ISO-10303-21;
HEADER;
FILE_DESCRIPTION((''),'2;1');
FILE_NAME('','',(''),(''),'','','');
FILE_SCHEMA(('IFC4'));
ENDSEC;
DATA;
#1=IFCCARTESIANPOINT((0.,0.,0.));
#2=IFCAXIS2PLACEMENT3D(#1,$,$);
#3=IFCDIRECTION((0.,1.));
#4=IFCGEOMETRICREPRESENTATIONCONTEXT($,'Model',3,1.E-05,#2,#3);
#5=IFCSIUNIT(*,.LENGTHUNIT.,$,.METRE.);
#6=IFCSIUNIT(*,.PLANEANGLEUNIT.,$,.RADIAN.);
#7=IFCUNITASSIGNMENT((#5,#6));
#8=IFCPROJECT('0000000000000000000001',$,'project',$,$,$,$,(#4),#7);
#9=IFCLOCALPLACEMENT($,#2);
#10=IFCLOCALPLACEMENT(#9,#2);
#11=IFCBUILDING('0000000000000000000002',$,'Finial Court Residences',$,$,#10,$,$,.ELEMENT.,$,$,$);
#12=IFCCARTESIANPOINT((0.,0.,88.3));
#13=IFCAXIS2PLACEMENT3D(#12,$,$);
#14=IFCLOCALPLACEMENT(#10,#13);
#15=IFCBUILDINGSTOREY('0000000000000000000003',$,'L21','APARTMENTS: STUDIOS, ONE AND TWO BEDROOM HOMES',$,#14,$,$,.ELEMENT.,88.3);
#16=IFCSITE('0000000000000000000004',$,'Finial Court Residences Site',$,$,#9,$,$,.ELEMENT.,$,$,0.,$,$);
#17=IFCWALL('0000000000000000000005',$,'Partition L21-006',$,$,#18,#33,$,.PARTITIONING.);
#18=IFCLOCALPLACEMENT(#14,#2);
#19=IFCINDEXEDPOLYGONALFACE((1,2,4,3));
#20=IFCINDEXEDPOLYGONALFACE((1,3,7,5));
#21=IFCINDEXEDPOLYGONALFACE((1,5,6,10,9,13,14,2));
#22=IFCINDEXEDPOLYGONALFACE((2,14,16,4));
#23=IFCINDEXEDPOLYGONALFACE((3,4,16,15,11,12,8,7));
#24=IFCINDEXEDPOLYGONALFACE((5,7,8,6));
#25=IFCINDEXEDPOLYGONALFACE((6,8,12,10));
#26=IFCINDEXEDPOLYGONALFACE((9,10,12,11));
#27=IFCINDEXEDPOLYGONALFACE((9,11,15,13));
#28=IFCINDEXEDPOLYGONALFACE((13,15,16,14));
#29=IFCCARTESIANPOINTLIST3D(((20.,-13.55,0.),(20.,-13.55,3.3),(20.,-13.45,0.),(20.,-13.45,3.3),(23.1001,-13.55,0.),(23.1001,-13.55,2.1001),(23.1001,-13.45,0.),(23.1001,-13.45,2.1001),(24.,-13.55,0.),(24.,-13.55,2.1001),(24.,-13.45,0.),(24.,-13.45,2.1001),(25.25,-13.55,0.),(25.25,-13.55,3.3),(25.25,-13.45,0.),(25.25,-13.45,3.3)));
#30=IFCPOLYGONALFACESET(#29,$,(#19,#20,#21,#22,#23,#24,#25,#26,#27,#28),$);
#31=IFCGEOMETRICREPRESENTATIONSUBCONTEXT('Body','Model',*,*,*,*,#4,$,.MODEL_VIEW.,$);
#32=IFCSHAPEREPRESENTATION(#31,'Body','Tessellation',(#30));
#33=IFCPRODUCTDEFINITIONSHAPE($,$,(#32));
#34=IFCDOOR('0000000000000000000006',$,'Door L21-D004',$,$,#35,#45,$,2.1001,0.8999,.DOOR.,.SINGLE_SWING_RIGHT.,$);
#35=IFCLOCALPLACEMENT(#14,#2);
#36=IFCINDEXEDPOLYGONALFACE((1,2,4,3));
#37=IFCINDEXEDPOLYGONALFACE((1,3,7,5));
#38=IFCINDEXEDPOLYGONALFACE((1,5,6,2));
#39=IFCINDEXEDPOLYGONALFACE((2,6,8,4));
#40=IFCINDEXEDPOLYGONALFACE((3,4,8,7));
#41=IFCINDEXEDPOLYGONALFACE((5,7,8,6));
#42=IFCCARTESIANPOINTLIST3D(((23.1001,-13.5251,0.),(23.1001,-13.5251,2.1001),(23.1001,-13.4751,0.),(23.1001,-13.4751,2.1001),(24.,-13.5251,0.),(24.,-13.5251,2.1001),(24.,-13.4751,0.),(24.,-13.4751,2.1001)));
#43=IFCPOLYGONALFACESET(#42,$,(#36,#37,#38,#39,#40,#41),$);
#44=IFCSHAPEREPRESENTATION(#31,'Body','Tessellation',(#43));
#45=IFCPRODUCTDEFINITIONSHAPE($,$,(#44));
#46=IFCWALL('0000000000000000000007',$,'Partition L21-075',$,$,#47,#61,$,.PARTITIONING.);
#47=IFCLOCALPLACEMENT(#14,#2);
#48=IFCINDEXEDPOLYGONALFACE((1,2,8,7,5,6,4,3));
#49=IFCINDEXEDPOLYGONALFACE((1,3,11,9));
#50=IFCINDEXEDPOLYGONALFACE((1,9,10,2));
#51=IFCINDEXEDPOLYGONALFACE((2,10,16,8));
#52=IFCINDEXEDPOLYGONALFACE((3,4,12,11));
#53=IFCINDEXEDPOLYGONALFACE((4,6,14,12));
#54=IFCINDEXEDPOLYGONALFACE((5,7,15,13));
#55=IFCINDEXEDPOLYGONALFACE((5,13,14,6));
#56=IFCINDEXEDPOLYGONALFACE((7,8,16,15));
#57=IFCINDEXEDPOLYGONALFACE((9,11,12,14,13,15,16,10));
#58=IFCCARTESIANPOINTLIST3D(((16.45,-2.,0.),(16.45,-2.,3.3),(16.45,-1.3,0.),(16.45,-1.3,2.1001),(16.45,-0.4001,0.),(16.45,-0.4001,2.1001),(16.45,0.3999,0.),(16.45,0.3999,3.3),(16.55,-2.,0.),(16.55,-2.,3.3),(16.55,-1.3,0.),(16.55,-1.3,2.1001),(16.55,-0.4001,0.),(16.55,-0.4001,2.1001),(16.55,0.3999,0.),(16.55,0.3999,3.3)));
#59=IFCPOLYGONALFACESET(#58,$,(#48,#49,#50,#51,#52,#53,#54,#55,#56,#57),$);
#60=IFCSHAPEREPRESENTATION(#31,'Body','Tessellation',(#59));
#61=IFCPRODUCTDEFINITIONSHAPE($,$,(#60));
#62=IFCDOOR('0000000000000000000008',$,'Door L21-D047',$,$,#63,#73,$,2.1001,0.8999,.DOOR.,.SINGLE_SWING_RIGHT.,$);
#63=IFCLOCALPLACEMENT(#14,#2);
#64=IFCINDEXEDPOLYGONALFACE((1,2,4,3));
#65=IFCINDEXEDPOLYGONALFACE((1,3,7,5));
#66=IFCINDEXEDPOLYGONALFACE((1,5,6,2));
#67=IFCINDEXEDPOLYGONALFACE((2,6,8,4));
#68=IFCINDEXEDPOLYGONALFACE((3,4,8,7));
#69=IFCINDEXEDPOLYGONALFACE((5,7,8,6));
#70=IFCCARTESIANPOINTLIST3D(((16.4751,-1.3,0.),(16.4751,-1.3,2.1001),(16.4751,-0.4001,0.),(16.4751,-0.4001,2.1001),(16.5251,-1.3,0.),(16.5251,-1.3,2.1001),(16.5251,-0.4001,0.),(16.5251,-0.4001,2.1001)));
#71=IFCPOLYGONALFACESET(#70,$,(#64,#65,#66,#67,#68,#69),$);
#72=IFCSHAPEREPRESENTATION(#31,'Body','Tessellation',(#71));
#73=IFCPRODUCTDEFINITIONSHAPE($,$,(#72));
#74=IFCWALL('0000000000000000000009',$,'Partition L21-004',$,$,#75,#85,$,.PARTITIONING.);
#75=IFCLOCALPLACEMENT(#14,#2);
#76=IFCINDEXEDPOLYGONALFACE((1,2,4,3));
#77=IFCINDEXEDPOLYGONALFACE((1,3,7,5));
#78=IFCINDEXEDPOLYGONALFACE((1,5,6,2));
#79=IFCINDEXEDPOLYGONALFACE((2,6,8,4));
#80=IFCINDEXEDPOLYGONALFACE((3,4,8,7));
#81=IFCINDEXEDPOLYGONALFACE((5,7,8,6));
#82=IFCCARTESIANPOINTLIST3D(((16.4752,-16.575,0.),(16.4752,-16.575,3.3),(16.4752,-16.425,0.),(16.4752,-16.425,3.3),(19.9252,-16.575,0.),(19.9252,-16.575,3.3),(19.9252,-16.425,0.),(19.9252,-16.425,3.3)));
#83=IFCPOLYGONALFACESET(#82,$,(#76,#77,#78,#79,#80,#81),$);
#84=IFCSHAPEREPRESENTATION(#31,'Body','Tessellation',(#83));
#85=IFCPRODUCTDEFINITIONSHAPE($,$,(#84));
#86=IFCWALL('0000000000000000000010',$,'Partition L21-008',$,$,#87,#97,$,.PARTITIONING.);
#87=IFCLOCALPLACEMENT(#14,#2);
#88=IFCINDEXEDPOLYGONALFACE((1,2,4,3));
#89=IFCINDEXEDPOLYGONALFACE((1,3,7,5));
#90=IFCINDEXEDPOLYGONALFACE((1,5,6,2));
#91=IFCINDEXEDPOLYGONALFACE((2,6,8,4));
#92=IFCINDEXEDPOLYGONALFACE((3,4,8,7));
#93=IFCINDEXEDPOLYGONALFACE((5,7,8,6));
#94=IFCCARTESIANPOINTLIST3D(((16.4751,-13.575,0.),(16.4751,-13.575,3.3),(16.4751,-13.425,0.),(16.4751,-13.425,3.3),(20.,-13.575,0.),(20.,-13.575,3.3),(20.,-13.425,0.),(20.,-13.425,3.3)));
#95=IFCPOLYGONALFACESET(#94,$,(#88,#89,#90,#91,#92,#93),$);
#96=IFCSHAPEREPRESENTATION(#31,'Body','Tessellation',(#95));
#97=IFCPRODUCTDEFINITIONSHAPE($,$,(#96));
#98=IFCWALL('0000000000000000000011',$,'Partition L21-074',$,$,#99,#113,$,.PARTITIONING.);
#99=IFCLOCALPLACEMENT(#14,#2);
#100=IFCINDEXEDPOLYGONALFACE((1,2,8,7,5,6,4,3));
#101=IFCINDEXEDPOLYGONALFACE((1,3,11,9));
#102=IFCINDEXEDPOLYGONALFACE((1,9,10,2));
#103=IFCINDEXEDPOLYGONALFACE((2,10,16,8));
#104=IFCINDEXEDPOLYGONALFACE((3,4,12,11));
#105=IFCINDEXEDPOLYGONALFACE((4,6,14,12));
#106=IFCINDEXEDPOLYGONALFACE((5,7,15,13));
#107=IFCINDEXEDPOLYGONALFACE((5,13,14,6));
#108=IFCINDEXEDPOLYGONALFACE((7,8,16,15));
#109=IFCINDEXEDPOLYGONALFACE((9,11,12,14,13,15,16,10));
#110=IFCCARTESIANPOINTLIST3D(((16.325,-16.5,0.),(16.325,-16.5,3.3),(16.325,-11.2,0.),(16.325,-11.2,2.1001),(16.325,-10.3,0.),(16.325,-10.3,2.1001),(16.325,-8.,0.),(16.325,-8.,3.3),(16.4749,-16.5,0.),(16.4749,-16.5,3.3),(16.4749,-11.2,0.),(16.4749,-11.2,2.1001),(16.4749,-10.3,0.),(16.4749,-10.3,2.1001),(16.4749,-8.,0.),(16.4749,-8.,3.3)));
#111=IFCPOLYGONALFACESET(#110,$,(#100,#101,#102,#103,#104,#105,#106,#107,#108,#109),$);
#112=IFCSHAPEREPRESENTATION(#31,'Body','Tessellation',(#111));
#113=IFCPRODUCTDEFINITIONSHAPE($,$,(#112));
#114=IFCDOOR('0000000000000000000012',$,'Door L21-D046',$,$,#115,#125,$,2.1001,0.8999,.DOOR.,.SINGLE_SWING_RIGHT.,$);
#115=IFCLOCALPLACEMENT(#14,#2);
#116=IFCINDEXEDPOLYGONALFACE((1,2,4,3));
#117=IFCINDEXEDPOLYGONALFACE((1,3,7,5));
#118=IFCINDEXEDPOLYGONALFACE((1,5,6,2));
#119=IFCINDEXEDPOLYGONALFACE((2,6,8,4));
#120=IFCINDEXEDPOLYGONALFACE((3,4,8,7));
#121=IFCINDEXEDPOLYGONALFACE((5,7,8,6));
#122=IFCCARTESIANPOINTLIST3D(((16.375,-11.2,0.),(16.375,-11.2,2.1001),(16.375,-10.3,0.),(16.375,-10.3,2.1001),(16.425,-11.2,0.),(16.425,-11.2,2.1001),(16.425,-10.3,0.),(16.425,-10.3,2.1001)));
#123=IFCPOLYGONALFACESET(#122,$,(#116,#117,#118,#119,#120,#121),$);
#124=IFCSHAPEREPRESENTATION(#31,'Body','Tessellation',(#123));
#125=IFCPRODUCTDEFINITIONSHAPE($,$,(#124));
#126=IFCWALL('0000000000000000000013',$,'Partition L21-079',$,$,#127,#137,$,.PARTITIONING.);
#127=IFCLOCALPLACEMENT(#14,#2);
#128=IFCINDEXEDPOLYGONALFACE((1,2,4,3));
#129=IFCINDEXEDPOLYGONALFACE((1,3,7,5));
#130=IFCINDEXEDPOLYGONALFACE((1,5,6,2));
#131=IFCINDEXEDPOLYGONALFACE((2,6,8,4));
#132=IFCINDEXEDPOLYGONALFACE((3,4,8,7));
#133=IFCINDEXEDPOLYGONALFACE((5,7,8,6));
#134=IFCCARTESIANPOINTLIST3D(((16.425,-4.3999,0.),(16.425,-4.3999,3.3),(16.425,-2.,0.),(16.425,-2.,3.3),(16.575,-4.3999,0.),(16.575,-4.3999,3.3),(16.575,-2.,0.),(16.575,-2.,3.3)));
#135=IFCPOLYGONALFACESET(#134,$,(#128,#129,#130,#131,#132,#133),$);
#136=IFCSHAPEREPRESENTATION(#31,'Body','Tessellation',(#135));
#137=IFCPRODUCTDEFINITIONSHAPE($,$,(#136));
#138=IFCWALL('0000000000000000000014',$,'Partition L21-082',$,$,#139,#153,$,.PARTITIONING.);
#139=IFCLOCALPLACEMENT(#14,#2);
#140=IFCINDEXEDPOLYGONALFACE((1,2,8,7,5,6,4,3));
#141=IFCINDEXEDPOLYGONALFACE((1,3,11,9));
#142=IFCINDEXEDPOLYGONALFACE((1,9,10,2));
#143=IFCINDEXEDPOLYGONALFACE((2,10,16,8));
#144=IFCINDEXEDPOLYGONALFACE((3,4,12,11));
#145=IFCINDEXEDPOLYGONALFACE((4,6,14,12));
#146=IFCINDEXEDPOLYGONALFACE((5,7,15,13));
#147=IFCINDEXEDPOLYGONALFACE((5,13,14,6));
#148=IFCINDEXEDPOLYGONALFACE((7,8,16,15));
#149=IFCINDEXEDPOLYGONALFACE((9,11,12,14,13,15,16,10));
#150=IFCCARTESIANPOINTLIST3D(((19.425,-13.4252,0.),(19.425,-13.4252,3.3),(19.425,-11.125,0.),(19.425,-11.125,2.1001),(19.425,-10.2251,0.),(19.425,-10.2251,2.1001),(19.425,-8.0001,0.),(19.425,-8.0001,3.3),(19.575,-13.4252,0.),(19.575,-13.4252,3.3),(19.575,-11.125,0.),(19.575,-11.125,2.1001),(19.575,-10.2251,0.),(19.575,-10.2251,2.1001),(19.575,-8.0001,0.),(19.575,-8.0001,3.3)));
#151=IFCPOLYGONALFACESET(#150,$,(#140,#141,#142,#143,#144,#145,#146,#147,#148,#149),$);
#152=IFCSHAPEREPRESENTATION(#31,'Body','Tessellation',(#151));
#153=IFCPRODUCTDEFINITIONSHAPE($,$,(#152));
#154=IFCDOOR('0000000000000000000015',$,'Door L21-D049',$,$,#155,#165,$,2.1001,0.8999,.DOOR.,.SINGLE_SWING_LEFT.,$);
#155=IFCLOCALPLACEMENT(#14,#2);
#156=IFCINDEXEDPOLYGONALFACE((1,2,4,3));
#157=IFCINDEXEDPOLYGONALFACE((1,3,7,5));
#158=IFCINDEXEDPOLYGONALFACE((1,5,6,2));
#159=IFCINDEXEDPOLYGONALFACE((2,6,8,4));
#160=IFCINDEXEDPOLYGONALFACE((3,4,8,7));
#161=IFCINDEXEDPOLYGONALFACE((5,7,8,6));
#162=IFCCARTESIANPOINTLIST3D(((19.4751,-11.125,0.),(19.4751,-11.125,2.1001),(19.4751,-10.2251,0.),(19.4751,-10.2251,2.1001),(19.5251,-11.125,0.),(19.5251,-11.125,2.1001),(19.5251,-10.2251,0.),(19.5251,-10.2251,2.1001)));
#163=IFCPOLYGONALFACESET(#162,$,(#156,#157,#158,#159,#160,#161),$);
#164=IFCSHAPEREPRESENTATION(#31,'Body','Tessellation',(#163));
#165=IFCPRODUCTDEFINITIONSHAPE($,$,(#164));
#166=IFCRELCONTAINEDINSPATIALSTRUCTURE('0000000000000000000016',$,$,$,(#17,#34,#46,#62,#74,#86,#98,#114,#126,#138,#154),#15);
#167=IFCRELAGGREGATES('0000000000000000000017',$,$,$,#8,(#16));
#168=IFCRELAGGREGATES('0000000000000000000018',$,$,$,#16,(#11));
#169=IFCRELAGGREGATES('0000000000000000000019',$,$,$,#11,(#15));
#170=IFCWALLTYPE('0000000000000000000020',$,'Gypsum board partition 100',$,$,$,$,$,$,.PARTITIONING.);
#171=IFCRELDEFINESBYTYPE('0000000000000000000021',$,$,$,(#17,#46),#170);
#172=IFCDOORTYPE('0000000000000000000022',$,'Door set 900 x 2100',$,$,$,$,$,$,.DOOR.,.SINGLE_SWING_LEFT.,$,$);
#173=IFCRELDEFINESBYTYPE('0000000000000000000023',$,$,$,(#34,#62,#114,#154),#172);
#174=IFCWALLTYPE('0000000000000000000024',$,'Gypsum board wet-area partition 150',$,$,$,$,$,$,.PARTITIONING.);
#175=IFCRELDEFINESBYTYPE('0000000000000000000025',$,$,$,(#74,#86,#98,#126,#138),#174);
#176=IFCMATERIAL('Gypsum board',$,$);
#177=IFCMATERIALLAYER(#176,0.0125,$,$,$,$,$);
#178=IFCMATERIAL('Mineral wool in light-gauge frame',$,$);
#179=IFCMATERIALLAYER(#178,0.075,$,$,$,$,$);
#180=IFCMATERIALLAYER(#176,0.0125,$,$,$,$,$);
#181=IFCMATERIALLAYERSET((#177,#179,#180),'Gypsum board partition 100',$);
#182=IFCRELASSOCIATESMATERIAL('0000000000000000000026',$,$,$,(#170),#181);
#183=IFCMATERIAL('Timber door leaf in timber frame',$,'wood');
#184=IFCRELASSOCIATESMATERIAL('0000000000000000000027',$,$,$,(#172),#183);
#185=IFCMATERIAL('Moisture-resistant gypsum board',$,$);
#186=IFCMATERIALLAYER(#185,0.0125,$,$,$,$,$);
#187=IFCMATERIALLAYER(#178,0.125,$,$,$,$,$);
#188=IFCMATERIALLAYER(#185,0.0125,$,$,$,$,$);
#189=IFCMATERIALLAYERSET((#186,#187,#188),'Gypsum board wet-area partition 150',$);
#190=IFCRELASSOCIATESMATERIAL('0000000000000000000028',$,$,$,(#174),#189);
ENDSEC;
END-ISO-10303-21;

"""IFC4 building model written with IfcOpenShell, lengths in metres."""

from ifc_helpers import new_model, si_unit, direction, frame, frame_2d, origin, place, context, subcontext, project, spatial, rectangle, extrude, material, layer, layer_set, type_object, element, fill, save


model = new_model("IFC4")

# Units and contexts
model_context = context("Model", 3, precision=1e-05, world=origin(), true_north=direction((0.0, 1.0)))
body_context = subcontext(model_context, "Body", "Model", "MODEL_VIEW")
ifc_project = project(units=[si_unit("LENGTHUNIT", "METRE"), si_unit("PLANEANGLEUNIT", "RADIAN")], contexts=[model_context])

# Site, building, storey
site_placement = place(None, origin())
site = spatial("IfcSite", under=ifc_project, at=site_placement, Name="Finial Court Residences Site", CompositionType="ELEMENT", RefElevation=0.0)
building_placement = place(site_placement, origin())
building = spatial("IfcBuilding", under=site, at=building_placement, Name="Finial Court Residences", CompositionType="ELEMENT")
storey_placement = place(building_placement, frame((0.0, 0.0, 88.3)))
storey = spatial("IfcBuildingStorey", under=building, at=storey_placement, Name="L21", Description="APARTMENTS: STUDIOS, ONE AND TWO BEDROOM HOMES", CompositionType="ELEMENT", Elevation=88.3)

# Walls, openings, doors
ifc_material_1 = material(Name="Gypsum board")
ifc_layer_1 = layer(ifc_material_1, 0.0125)
ifc_material_2 = material(Name="Mineral wool in light-gauge frame")
ifc_layer_2 = layer(ifc_material_2, 0.075)
ifc_layer_3 = layer(ifc_material_1, 0.0125)
ifc_layer_set_1 = layer_set([ifc_layer_1, ifc_layer_2, ifc_layer_3], Name="Gypsum board partition 100")
wall_type_1 = type_object("IfcWallType", Name="Gypsum board partition 100", PredefinedType="PARTITIONING", material=ifc_layer_set_1)
wall_1_placement = place(storey_placement, frame((20.0, -13.5, 0.0), z_axis=(0.0, 0.0, 1.0), x_axis=(1.0, 0.0, 0.0)))
wall_1 = element("IfcWall", 1, at=wall_1_placement, inside=storey, type_object=wall_type_1, Name="Partition L21-006", PredefinedType="PARTITIONING", context=body_context, shape_type="SweptSolid", body=[
    extrude(rectangle(XDim=5.25, YDim=0.1001, at=frame_2d((2.625, 0.0))), origin(), (0.0, 0.0, 1.0), 3.3),
])
opening_1_placement = place(wall_1_placement, frame((3.1001, 0.0, 0.0)))
opening_1 = element("IfcOpeningElement", 2, at=opening_1_placement, cuts=wall_1, PredefinedType="OPENING", context=body_context, shape_type="SweptSolid", body=[
    extrude(rectangle(XDim=0.8999, YDim=2.1001, at=frame_2d((0.45, 1.05))), frame((0.0, 0.0601, 0.0), z_axis=(0.0, -1.0, 0.0), x_axis=(1.0, 0.0, 0.0)), (0.0, 0.0, 1.0), 0.1201),
])
ifc_material_3 = material(Name="Timber door leaf in timber frame", Category="wood")
door_type = type_object("IfcDoorType", Name="Door set 900 x 2100", OperationType="SINGLE_SWING_LEFT", PredefinedType="DOOR", material=ifc_material_3)
door_1_placement = place(opening_1_placement, origin())
door_1 = element("IfcDoor", 3, at=door_1_placement, inside=storey, type_object=door_type, Name="Door L21-D004", OperationType="SINGLE_SWING_RIGHT", OverallHeight=2.1001, OverallWidth=0.8999, PredefinedType="DOOR", context=body_context, shape_type="SweptSolid", body=[
    extrude(rectangle(XDim=0.8999, YDim=2.1001, at=frame_2d((0.45, 1.05))), frame((0.0, 0.0249, 0.0), z_axis=(0.0, -1.0, 0.0), x_axis=(1.0, 0.0, 0.0)), (0.0, 0.0, 1.0), 0.05),
])
fill(opening_1, door_1)
wall_2_placement = place(storey_placement, frame((16.5, -2.0, 0.0), z_axis=(0.0, 0.0, 1.0), x_axis=(0.0, 1.0, 0.0)))
wall_2 = element("IfcWall", 4, at=wall_2_placement, inside=storey, type_object=wall_type_1, Name="Partition L21-075", PredefinedType="PARTITIONING", context=body_context, shape_type="SweptSolid", body=[
    extrude(rectangle(XDim=2.3999, YDim=0.1001, at=frame_2d((1.2, 0.0))), origin(), (0.0, 0.0, 1.0), 3.3),
])
opening_2_placement = place(wall_2_placement, frame((0.7, 0.0, 0.0)))
opening_2 = element("IfcOpeningElement", 5, at=opening_2_placement, cuts=wall_2, PredefinedType="OPENING", context=body_context, shape_type="SweptSolid", body=[
    extrude(rectangle(XDim=0.8999, YDim=2.1001, at=frame_2d((0.45, 1.05))), frame((0.0, 0.0601, 0.0), z_axis=(0.0, -1.0, 0.0), x_axis=(1.0, 0.0, 0.0)), (0.0, 0.0, 1.0), 0.1201),
])
door_2_placement = place(opening_2_placement, origin())
door_2 = element("IfcDoor", 6, at=door_2_placement, inside=storey, type_object=door_type, Name="Door L21-D047", OperationType="SINGLE_SWING_RIGHT", OverallHeight=2.1001, OverallWidth=0.8999, PredefinedType="DOOR", context=body_context, shape_type="SweptSolid", body=[
    extrude(rectangle(XDim=0.8999, YDim=2.1001, at=frame_2d((0.45, 1.05))), frame((0.0, 0.0249, 0.0), z_axis=(0.0, -1.0, 0.0), x_axis=(1.0, 0.0, 0.0)), (0.0, 0.0, 1.0), 0.05),
])
fill(opening_2, door_2)

# Walls
ifc_material_4 = material(Name="Moisture-resistant gypsum board")
ifc_layer_4 = layer(ifc_material_4, 0.0125)
ifc_layer_5 = layer(ifc_material_2, 0.125)
ifc_layer_6 = layer(ifc_material_4, 0.0125)
ifc_layer_set_2 = layer_set([ifc_layer_4, ifc_layer_5, ifc_layer_6], Name="Gypsum board wet-area partition 150")
wall_type_2 = type_object("IfcWallType", Name="Gypsum board wet-area partition 150", PredefinedType="PARTITIONING", material=ifc_layer_set_2)
wall_3_placement = place(storey_placement, frame((16.4751, -16.5, 0.0), z_axis=(0.0, 0.0, 1.0), x_axis=(1.0, 0.0, 0.0)))
element("IfcWall", 7, at=wall_3_placement, inside=storey, type_object=wall_type_2, Name="Partition L21-004", PredefinedType="PARTITIONING", context=body_context, shape_type="SweptSolid", body=[
    extrude(rectangle(XDim=3.45, YDim=0.1499, at=frame_2d((1.7251, 0.0))), origin(), (0.0, 0.0, 1.0), 3.3),
])
wall_4_placement = place(storey_placement, frame((16.4751, -13.5, 0.0), z_axis=(0.0, 0.0, 1.0), x_axis=(1.0, 0.0, 0.0)))
element("IfcWall", 8, at=wall_4_placement, inside=storey, type_object=wall_type_2, Name="Partition L21-008", PredefinedType="PARTITIONING", context=body_context, shape_type="SweptSolid", body=[
    extrude(rectangle(XDim=3.5249, YDim=0.1499, at=frame_2d((1.7625, 0.0))), origin(), (0.0, 0.0, 1.0), 3.3),
])

# Wall, opening, door
wall_5_placement = place(storey_placement, frame((16.3999, -16.5, 0.0), z_axis=(0.0, 0.0, 1.0), x_axis=(0.0, 1.0, 0.0)))
wall_5 = element("IfcWall", 9, at=wall_5_placement, inside=storey, type_object=wall_type_2, Name="Partition L21-074", PredefinedType="PARTITIONING", context=body_context, shape_type="SweptSolid", body=[
    extrude(rectangle(XDim=8.5, YDim=0.1499, at=frame_2d((4.25, 0.0))), origin(), (0.0, 0.0, 1.0), 3.3),
])
opening_3_placement = place(wall_5_placement, frame((5.3, 0.0, 0.0)))
opening_3 = element("IfcOpeningElement", 10, at=opening_3_placement, cuts=wall_5, PredefinedType="OPENING", context=body_context, shape_type="SweptSolid", body=[
    extrude(rectangle(XDim=0.8999, YDim=2.1001, at=frame_2d((0.45, 1.05))), frame((0.0, 0.085, 0.0), z_axis=(0.0, -1.0, 0.0), x_axis=(1.0, 0.0, 0.0)), (0.0, 0.0, 1.0), 0.1699),
])
door_3_placement = place(opening_3_placement, origin())
door_3 = element("IfcDoor", 11, at=door_3_placement, inside=storey, type_object=door_type, Name="Door L21-D046", OperationType="SINGLE_SWING_RIGHT", OverallHeight=2.1001, OverallWidth=0.8999, PredefinedType="DOOR", context=body_context, shape_type="SweptSolid", body=[
    extrude(rectangle(XDim=0.8999, YDim=2.1001, at=frame_2d((0.45, 1.05))), frame((0.0, 0.0249, 0.0), z_axis=(0.0, -1.0, 0.0), x_axis=(1.0, 0.0, 0.0)), (0.0, 0.0, 1.0), 0.05),
])
fill(opening_3, door_3)

# Wall
wall_6_placement = place(storey_placement, frame((16.5, -4.3999, 0.0), z_axis=(0.0, 0.0, 1.0), x_axis=(0.0, 1.0, 0.0)))
element("IfcWall", 12, at=wall_6_placement, inside=storey, type_object=wall_type_2, Name="Partition L21-079", PredefinedType="PARTITIONING", context=body_context, shape_type="SweptSolid", body=[
    extrude(rectangle(XDim=2.3999, YDim=0.1499, at=frame_2d((1.2, 0.0))), origin(), (0.0, 0.0, 1.0), 3.3),
])

# Wall, opening, door
wall_7_placement = place(storey_placement, frame((19.5, -13.425, 0.0), z_axis=(0.0, 0.0, 1.0), x_axis=(0.0, 1.0, 0.0)))
wall_7 = element("IfcWall", 13, at=wall_7_placement, inside=storey, type_object=wall_type_2, Name="Partition L21-082", PredefinedType="PARTITIONING", context=body_context, shape_type="SweptSolid", body=[
    extrude(rectangle(XDim=5.425, YDim=0.1499, at=frame_2d((2.7124, 0.0))), origin(), (0.0, 0.0, 1.0), 3.3),
])
opening_4_placement = place(wall_7_placement, frame((2.3, 0.0, 0.0)))
opening_4 = element("IfcOpeningElement", 14, at=opening_4_placement, cuts=wall_7, PredefinedType="OPENING", context=body_context, shape_type="SweptSolid", body=[
    extrude(rectangle(XDim=0.8999, YDim=2.1001, at=frame_2d((0.45, 1.05))), frame((0.0, 0.085, 0.0), z_axis=(0.0, -1.0, 0.0), x_axis=(1.0, 0.0, 0.0)), (0.0, 0.0, 1.0), 0.1699),
])
door_4_placement = place(opening_4_placement, origin())
door_4 = element("IfcDoor", 15, at=door_4_placement, inside=storey, type_object=door_type, Name="Door L21-D049", OperationType="SINGLE_SWING_LEFT", OverallHeight=2.1001, OverallWidth=0.8999, PredefinedType="DOOR", context=body_context, shape_type="SweptSolid", body=[
    extrude(rectangle(XDim=0.8999, YDim=2.1001, at=frame_2d((0.45, 1.05))), frame((0.0, 0.0249, 0.0), z_axis=(0.0, -1.0, 0.0), x_axis=(1.0, 0.0, 0.0)), (0.0, 0.0, 1.0), 0.05),
])
fill(opening_4, door_4)

save(model, "model.ifc")
